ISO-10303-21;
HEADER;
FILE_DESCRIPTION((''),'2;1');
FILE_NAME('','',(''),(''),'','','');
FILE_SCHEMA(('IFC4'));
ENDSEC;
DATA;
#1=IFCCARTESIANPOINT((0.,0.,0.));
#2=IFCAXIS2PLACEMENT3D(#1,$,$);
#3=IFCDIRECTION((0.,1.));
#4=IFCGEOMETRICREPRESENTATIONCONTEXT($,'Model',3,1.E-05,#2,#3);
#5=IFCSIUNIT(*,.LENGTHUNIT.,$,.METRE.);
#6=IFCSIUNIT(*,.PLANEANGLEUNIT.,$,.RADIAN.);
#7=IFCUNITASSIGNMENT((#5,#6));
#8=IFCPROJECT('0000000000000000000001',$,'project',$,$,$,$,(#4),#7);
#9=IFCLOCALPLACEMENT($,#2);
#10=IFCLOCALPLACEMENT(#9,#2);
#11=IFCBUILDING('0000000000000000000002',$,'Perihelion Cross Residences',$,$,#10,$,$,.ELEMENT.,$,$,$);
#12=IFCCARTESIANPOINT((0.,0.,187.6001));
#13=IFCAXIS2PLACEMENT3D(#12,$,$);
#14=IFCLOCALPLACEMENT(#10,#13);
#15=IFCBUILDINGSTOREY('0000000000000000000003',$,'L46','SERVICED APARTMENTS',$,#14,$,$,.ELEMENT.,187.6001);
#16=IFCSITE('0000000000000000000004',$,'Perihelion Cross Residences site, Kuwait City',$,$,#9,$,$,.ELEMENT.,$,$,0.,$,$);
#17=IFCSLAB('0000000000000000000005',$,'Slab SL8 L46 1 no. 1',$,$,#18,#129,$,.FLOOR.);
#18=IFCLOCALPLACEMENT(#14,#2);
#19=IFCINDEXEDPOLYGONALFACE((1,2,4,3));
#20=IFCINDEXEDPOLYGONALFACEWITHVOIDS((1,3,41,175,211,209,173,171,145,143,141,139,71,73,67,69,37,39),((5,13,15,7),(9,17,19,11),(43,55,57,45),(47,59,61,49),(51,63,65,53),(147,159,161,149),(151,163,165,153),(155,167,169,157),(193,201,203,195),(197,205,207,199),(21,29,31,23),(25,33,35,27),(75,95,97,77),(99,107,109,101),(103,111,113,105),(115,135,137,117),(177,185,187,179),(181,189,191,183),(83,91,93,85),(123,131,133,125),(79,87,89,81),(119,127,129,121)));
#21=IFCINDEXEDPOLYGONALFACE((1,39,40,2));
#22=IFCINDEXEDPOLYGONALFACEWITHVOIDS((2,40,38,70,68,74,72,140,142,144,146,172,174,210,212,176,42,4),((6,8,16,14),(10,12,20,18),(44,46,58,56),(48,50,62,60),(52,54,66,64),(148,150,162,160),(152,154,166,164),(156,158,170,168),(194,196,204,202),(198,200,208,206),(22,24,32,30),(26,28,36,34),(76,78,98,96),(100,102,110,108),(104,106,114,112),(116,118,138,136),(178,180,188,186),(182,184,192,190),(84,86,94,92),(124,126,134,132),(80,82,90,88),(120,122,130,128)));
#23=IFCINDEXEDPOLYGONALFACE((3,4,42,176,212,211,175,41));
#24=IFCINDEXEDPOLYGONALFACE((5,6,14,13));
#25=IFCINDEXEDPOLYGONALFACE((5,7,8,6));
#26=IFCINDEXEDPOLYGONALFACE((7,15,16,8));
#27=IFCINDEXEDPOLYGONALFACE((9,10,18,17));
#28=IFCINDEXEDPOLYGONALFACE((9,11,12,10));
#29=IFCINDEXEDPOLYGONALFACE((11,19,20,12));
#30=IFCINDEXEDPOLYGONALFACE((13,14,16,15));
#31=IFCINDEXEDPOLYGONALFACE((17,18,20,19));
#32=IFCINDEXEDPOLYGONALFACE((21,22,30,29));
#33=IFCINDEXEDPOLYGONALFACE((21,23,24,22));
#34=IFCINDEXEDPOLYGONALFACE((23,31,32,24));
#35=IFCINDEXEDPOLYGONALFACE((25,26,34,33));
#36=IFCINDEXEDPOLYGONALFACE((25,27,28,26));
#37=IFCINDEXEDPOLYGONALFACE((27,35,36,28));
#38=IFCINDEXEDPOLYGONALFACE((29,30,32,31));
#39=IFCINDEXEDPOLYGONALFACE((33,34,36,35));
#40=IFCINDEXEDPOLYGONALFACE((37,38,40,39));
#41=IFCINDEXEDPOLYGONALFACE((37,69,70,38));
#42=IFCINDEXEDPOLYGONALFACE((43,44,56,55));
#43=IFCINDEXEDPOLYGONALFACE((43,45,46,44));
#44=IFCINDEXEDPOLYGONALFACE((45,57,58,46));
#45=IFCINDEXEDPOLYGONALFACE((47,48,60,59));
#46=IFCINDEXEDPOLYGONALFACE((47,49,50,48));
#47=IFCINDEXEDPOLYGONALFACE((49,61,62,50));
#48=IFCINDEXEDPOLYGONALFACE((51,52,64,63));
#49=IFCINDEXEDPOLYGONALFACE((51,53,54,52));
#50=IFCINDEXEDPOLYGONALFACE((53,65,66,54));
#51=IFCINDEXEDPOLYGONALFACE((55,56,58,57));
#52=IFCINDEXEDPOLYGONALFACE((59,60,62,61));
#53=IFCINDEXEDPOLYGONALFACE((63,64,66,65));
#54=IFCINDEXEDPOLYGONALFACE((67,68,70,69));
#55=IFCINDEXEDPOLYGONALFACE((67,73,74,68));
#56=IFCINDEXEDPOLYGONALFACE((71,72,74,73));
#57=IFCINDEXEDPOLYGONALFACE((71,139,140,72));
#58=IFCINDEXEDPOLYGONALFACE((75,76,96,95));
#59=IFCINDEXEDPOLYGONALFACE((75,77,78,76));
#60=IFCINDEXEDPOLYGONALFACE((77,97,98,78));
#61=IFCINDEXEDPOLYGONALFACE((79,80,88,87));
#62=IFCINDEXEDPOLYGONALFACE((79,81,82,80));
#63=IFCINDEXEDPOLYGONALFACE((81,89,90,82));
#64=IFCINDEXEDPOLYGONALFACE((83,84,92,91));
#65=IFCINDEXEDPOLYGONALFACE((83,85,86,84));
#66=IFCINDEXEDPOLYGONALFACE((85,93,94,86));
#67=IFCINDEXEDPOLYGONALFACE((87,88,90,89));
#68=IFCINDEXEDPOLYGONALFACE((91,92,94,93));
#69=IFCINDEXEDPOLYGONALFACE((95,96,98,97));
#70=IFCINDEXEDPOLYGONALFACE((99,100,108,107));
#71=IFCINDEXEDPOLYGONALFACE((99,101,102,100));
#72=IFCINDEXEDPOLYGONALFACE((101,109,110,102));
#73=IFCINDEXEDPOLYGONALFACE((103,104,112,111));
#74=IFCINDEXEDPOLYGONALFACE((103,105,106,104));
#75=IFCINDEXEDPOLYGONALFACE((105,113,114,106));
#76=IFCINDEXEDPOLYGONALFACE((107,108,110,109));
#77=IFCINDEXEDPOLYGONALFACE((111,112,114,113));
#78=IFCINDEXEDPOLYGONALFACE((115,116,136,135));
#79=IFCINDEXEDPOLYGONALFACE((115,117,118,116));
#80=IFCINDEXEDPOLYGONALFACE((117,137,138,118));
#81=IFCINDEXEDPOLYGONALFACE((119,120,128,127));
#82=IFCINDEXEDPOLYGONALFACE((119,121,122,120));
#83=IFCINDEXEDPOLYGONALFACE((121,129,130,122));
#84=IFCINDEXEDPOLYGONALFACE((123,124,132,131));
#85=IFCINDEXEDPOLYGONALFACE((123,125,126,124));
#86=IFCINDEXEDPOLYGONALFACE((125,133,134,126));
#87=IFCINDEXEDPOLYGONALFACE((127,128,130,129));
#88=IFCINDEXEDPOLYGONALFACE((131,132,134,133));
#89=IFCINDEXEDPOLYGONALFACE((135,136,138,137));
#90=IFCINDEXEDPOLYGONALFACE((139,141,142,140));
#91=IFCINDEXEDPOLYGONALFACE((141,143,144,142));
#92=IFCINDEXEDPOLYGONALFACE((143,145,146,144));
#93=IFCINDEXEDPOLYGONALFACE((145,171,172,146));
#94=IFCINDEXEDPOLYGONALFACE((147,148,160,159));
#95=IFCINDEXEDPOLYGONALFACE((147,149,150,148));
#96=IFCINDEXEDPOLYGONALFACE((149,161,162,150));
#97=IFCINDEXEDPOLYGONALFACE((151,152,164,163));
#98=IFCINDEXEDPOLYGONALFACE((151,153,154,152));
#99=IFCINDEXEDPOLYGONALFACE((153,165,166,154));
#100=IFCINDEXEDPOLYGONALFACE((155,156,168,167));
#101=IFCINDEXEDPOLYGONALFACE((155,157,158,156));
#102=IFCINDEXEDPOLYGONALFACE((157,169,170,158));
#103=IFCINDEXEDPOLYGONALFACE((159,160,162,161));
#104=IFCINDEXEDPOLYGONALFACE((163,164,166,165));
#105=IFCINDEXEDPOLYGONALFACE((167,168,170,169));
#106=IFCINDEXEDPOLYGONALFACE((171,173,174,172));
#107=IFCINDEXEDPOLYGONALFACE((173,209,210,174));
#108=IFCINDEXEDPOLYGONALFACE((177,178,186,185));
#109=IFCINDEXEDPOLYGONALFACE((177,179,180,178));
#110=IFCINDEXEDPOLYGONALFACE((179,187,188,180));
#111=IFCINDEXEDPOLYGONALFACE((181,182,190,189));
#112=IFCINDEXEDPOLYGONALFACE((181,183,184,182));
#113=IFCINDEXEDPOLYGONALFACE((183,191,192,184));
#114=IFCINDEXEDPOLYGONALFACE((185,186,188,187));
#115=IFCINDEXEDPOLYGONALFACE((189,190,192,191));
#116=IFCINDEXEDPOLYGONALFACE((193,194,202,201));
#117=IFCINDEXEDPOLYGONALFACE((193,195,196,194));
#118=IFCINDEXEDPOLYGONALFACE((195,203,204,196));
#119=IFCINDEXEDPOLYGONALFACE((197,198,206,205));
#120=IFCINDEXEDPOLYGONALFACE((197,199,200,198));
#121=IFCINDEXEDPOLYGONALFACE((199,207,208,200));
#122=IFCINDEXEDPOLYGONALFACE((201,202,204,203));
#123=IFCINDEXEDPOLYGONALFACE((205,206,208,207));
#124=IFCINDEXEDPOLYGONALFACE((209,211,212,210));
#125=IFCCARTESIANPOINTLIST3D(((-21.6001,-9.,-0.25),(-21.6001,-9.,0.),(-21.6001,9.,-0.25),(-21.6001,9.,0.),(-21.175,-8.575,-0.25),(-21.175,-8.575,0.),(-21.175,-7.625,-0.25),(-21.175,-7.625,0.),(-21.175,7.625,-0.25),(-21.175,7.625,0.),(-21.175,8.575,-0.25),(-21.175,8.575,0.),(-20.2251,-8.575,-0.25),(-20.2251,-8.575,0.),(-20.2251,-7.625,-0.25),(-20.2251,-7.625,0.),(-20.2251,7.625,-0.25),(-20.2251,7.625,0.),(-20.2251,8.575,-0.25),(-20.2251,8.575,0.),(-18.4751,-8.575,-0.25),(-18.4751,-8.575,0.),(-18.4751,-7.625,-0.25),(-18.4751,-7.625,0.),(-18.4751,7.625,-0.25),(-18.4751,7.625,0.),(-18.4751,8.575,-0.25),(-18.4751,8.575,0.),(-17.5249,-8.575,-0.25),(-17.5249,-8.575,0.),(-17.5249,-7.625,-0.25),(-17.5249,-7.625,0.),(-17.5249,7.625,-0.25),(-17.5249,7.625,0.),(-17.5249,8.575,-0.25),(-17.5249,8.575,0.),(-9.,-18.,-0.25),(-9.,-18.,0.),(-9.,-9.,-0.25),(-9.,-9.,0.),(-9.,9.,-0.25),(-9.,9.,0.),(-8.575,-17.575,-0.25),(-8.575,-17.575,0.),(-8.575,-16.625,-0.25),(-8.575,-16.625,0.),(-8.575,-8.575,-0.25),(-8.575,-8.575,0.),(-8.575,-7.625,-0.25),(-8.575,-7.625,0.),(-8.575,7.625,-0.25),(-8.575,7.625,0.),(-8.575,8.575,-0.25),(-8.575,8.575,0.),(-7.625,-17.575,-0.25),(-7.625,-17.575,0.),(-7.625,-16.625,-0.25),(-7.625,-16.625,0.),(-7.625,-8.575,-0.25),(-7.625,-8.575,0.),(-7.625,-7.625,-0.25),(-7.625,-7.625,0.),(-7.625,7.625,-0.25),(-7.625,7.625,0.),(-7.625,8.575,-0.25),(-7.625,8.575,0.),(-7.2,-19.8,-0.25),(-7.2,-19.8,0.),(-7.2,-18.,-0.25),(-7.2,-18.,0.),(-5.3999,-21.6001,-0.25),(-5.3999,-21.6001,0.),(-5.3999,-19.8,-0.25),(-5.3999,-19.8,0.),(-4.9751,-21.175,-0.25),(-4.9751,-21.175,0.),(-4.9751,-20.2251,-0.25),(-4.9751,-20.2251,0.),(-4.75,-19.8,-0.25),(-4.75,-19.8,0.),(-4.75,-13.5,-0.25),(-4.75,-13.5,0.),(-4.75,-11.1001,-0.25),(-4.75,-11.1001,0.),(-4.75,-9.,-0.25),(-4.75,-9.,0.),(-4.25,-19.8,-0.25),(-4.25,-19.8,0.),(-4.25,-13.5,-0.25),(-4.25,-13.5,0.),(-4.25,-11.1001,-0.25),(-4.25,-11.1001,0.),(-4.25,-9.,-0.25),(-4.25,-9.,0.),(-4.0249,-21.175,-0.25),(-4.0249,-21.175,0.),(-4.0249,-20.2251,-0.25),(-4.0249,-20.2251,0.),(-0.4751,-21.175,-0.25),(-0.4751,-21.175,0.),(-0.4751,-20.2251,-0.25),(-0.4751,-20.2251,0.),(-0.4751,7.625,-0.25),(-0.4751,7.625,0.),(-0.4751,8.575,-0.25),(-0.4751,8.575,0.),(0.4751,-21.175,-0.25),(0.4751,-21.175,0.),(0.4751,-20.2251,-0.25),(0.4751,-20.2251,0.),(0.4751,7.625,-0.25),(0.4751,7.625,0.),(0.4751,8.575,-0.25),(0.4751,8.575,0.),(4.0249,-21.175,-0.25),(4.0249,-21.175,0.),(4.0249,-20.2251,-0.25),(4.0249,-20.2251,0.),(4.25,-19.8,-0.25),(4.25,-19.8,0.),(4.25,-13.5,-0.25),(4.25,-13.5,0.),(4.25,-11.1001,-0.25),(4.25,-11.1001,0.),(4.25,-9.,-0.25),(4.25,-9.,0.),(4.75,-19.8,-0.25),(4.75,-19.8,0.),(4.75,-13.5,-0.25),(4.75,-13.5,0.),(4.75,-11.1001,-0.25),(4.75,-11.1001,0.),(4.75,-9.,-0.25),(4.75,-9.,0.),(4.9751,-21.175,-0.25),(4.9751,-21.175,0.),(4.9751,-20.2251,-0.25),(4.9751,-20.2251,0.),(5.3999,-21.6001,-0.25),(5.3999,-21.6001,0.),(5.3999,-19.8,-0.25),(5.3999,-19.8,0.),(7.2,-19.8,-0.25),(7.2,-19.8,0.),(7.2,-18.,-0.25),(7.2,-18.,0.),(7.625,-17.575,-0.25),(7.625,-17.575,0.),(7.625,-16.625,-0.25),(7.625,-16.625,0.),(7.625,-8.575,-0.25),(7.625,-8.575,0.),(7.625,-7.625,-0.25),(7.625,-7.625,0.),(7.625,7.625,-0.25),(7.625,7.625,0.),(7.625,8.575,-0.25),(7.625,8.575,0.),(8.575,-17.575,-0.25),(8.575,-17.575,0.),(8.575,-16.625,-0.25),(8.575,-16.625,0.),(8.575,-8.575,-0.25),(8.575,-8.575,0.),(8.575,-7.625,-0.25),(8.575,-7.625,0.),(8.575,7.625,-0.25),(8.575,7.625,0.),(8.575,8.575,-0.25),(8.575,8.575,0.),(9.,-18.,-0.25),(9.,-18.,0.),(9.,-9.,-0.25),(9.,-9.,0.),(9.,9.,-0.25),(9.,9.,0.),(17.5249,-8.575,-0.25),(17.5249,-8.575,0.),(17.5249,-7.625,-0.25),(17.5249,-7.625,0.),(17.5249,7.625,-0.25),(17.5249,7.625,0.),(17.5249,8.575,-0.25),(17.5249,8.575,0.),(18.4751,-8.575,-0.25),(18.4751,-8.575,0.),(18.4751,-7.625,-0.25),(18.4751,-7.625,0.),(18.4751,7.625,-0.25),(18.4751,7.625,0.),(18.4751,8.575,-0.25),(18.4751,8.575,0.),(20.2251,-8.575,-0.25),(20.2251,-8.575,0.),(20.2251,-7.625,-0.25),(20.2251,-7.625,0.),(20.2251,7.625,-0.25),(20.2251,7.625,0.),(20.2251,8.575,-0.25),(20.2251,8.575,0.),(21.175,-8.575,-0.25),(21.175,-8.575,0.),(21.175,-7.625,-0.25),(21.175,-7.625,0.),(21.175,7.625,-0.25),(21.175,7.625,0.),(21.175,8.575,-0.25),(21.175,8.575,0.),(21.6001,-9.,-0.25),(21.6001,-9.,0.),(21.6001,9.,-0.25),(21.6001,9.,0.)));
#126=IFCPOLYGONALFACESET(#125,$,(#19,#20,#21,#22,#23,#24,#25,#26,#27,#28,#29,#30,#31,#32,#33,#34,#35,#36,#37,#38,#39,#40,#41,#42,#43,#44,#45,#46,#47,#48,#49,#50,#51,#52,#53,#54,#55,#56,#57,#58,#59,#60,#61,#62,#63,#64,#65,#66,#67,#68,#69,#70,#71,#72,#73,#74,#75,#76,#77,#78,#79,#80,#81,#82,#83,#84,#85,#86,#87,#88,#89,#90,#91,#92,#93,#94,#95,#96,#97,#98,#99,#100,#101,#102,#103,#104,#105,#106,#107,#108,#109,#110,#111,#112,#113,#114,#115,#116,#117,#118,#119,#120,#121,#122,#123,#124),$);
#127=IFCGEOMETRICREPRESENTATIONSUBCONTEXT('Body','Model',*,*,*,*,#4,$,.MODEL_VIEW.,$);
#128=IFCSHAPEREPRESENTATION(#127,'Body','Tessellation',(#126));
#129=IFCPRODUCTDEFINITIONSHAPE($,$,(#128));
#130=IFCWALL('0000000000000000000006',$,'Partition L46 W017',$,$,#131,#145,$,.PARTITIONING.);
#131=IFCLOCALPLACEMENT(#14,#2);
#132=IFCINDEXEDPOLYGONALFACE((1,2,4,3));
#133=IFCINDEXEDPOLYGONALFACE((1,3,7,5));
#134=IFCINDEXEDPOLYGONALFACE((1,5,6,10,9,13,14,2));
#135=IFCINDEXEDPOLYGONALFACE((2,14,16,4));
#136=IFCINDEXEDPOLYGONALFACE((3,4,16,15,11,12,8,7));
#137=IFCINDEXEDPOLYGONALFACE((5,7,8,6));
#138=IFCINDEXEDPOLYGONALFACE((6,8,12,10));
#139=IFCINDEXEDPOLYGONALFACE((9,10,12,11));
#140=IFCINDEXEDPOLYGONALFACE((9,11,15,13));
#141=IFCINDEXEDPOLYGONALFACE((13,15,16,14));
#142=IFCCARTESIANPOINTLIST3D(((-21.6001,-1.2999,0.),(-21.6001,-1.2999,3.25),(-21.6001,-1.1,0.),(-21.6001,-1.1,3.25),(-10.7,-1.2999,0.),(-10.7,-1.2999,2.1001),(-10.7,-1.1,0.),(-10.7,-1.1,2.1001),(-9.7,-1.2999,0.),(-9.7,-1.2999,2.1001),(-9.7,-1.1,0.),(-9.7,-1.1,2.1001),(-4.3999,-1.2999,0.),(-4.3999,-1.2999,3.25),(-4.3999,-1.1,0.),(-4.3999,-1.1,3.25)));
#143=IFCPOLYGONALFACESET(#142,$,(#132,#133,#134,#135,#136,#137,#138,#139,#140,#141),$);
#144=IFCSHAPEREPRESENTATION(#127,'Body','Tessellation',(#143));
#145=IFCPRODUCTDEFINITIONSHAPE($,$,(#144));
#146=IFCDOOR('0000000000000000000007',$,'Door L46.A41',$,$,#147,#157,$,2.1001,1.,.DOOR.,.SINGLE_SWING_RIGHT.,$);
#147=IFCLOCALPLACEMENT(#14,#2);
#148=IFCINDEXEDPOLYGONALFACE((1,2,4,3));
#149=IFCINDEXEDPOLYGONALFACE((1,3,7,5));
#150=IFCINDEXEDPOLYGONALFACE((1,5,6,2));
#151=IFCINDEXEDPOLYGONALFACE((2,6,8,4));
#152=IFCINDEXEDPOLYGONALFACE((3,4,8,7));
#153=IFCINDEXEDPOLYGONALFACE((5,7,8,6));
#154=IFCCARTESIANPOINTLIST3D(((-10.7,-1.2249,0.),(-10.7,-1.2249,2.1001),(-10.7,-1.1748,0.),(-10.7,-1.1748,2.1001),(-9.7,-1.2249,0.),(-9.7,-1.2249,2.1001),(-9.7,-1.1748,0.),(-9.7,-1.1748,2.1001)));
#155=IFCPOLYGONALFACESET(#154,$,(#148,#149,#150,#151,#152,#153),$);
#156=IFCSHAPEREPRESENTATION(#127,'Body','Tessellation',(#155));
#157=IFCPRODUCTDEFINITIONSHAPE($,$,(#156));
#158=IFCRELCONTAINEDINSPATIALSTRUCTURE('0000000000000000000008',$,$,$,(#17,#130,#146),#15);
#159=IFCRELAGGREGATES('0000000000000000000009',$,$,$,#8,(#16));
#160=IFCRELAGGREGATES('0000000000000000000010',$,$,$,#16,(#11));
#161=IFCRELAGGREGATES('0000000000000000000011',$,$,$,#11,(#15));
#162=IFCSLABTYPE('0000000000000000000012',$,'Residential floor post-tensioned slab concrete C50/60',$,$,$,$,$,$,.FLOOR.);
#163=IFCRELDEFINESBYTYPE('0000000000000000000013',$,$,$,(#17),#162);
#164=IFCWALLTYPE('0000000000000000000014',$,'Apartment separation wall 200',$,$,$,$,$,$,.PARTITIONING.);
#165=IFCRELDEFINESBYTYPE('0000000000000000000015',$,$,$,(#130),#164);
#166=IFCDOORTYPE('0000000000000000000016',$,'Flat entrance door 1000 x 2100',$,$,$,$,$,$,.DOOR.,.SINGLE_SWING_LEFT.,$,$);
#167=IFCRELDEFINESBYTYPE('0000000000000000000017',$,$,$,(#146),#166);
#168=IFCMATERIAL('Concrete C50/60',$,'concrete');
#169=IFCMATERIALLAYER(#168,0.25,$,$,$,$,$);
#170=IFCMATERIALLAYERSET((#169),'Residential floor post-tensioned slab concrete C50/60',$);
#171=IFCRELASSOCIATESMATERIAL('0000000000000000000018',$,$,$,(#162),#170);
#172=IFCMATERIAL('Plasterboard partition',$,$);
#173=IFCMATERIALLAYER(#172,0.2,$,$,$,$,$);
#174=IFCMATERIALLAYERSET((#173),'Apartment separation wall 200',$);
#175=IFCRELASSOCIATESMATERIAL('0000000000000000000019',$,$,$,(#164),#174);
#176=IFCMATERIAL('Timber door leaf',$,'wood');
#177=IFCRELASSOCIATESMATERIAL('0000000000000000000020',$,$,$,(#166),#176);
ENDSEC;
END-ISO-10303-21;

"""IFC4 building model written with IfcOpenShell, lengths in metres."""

from ifc_helpers import new_model, si_unit, direction, frame, frame_2d, origin, place, context, subcontext, project, spatial, polyline, rectangle, outline, extrude, material, layer, layer_set, type_object, element, fill, save


model = new_model("IFC4")

# Units and contexts
model_context = context("Model", 3, precision=1e-05, world=origin(), true_north=direction((0.0, 1.0)))
body_context = subcontext(model_context, "Body", "Model", "MODEL_VIEW")
ifc_project = project(units=[si_unit("LENGTHUNIT", "METRE"), si_unit("PLANEANGLEUNIT", "RADIAN")], contexts=[model_context])

# Site, building, storey
site_placement = place(None, origin())
site = spatial("IfcSite", under=ifc_project, at=site_placement, Name="Perihelion Cross Residences site, Kuwait City", CompositionType="ELEMENT", RefElevation=0.0)
building_placement = place(site_placement, origin())
building = spatial("IfcBuilding", under=site, at=building_placement, Name="Perihelion Cross Residences", CompositionType="ELEMENT")
storey_placement = place(building_placement, frame((0.0, 0.0, 187.6001)))
storey = spatial("IfcBuildingStorey", under=building, at=storey_placement, Name="L46", Description="SERVICED APARTMENTS", CompositionType="ELEMENT", Elevation=187.6001)

# Slab
ifc_material_1 = material(Name="Concrete C50/60", Category="concrete")
ifc_layer_1 = layer(ifc_material_1, 0.25)
ifc_layer_set_1 = layer_set([ifc_layer_1], Name="Residential floor post-tensioned slab concrete C50/60")
slab_type_1 = type_object("IfcSlabType", Name="Residential floor post-tensioned slab concrete C50/60", PredefinedType="FLOOR", material=ifc_layer_set_1)
slab_1_placement = place(storey_placement, frame((0.0, 0.0, -0.25)))
element("IfcSlab", 1, at=slab_1_placement, inside=storey, type_object=slab_type_1, Name="Slab SL8 L46 1 no. 1", PredefinedType="FLOOR", context=body_context, shape_type="SweptSolid", body=[
    extrude(outline(polyline([(-9.0, 9.0), (9.0, 9.0), (21.6001, 9.0), (21.6001, -9.0), (9.0, -9.0), (9.0, -18.0), (7.2, -18.0), (7.2, -19.8), (5.3999, -19.8), (5.3999, -21.6001), (-5.3999, -21.6001), (-5.3999, -19.8), (-7.2, -19.8), (-7.2, -18.0), (-9.0, -18.0), (-9.0, -9.0), (-21.6001, -9.0), (-21.6001, 9.0), (-9.0, 9.0)]), holes=[polyline([(-4.0249, -20.2251), (-4.9751, -20.2251), (-4.9751, -21.175), (-4.0249, -21.175), (-4.0249, -20.2251)]), polyline([(0.4751, -21.175), (0.4751, -20.2251), (-0.4751, -20.2251), (-0.4751, -21.175), (0.4751, -21.175)]), polyline([(-7.625, -17.575), (-7.625, -16.625), (-8.575, -16.625), (-8.575, -17.575), (-7.625, -17.575)]), polyline([(-4.25, -13.5), (-4.75, -13.5), (-4.75, -19.8), (-4.25, -19.8), (-4.25, -13.5)]), polyline([(-4.25, -11.1001), (-4.25, -9.0), (-4.75, -9.0), (-4.75, -11.1001), (-4.25, -11.1001)]), polyline([(-20.2251, -8.575), (-20.2251, -7.625), (-21.175, -7.625), (-21.175, -8.575), (-20.2251, -8.575)]), polyline([(-17.5249, -7.625), (-18.4751, -7.625), (-18.4751, -8.575), (-17.5249, -8.575), (-17.5249, -7.625)]), polyline([(-7.625, -8.575), (-7.625, -7.625), (-8.575, -7.625), (-8.575, -8.575), (-7.625, -8.575)]), polyline([(-20.2251, 8.575), (-21.175, 8.575), (-21.175, 7.625), (-20.2251, 7.625), (-20.2251, 8.575)]), polyline([(-17.5249, 7.625), (-17.5249, 8.575), (-18.4751, 8.575), (-18.4751, 7.625), (-17.5249, 7.625)]), polyline([(-7.625, 7.625), (-7.625, 8.575), (-8.575, 8.575), (-8.575, 7.625), (-7.625, 7.625)]), polyline([(4.9751, -20.2251), (4.0249, -20.2251), (4.0249, -21.175), (4.9751, -21.175), (4.9751, -20.2251)]), polyline([(8.575, -17.575), (8.575, -16.625), (7.625, -16.625), (7.625, -17.575), (8.575, -17.575)]), polyline([(4.75, -19.8), (4.75, -13.5), (4.25, -13.5), (4.25, -19.8), (4.75, -19.8)]), polyline([(4.75, -9.0), (4.25, -9.0), (4.25, -11.1001), (4.75, -11.1001), (4.75, -9.0)]), polyline([(8.575, -8.575), (8.575, -7.625), (7.625, -7.625), (7.625, -8.575), (8.575, -8.575)]), polyline([(18.4751, -8.575), (18.4751, -7.625), (17.5249, -7.625), (17.5249, -8.575), (18.4751, -8.575)]), polyline([(21.175, -7.625), (20.2251, -7.625), (20.2251, -8.575), (21.175, -8.575), (21.175, -7.625)]), polyline([(0.4751, 7.625), (0.4751, 8.575), (-0.4751, 8.575), (-0.4751, 7.625), (0.4751, 7.625)]), polyline([(8.575, 8.575), (7.625, 8.575), (7.625, 7.625), (8.575, 7.625), (8.575, 8.575)]), polyline([(18.4751, 7.625), (18.4751, 8.575), (17.5249, 8.575), (17.5249, 7.625), (18.4751, 7.625)]), polyline([(21.175, 7.625), (21.175, 8.575), (20.2251, 8.575), (20.2251, 7.625), (21.175, 7.625)])]), origin(), (0.0, 0.0, 1.0), 0.25),
])

# Wall, opening, door
ifc_material_2 = material(Name="Plasterboard partition")
ifc_layer_2 = layer(ifc_material_2, 0.2)
ifc_layer_set_2 = layer_set([ifc_layer_2], Name="Apartment separation wall 200")
wall_type = type_object("IfcWallType", Name="Apartment separation wall 200", PredefinedType="PARTITIONING", material=ifc_layer_set_2)
wall_placement = place(storey_placement, frame((-4.3999, -1.2, 0.0), z_axis=(0.0, 0.0, 1.0), x_axis=(-1.0, 0.0, 0.0)))
wall = element("IfcWall", 2, at=wall_placement, inside=storey, type_object=wall_type, Name="Partition L46 W017", PredefinedType="PARTITIONING", context=body_context, shape_type="SweptSolid", body=[
    extrude(rectangle(XDim=17.2002, YDim=0.2, at=frame_2d((8.6001, 0.0))), origin(), (0.0, 0.0, 1.0), 3.25),
])
opening_placement = place(wall_placement, frame((5.3, 0.0, 0.0)))
opening = element("IfcOpeningElement", 3, at=opening_placement, cuts=wall, PredefinedType="OPENING", context=body_context, shape_type="SweptSolid", body=[
    extrude(rectangle(XDim=1.0, YDim=2.1001, at=frame_2d((0.5, 1.05))), frame((0.0, 0.1099, 0.0), z_axis=(0.0, -1.0, 0.0), x_axis=(1.0, 0.0, 0.0)), (0.0, 0.0, 1.0), 0.22),
])
ifc_material_3 = material(Name="Timber door leaf", Category="wood")
door_type = type_object("IfcDoorType", Name="Flat entrance door 1000 x 2100", OperationType="SINGLE_SWING_LEFT", PredefinedType="DOOR", material=ifc_material_3)
door_placement = place(opening_placement, origin())
door = element("IfcDoor", 4, at=door_placement, inside=storey, type_object=door_type, Name="Door L46.A41", OperationType="SINGLE_SWING_RIGHT", OverallHeight=2.1001, OverallWidth=1.0, PredefinedType="DOOR", context=body_context, shape_type="SweptSolid", body=[
    extrude(rectangle(XDim=1.0, YDim=2.1001, at=frame_2d((0.5, 1.05))), frame((0.0, 0.0249, 0.0), z_axis=(0.0, -1.0, 0.0), x_axis=(1.0, 0.0, 0.0)), (0.0, 0.0, 1.0), 0.05),
])
fill(opening, door)

save(model, "model.ifc")
